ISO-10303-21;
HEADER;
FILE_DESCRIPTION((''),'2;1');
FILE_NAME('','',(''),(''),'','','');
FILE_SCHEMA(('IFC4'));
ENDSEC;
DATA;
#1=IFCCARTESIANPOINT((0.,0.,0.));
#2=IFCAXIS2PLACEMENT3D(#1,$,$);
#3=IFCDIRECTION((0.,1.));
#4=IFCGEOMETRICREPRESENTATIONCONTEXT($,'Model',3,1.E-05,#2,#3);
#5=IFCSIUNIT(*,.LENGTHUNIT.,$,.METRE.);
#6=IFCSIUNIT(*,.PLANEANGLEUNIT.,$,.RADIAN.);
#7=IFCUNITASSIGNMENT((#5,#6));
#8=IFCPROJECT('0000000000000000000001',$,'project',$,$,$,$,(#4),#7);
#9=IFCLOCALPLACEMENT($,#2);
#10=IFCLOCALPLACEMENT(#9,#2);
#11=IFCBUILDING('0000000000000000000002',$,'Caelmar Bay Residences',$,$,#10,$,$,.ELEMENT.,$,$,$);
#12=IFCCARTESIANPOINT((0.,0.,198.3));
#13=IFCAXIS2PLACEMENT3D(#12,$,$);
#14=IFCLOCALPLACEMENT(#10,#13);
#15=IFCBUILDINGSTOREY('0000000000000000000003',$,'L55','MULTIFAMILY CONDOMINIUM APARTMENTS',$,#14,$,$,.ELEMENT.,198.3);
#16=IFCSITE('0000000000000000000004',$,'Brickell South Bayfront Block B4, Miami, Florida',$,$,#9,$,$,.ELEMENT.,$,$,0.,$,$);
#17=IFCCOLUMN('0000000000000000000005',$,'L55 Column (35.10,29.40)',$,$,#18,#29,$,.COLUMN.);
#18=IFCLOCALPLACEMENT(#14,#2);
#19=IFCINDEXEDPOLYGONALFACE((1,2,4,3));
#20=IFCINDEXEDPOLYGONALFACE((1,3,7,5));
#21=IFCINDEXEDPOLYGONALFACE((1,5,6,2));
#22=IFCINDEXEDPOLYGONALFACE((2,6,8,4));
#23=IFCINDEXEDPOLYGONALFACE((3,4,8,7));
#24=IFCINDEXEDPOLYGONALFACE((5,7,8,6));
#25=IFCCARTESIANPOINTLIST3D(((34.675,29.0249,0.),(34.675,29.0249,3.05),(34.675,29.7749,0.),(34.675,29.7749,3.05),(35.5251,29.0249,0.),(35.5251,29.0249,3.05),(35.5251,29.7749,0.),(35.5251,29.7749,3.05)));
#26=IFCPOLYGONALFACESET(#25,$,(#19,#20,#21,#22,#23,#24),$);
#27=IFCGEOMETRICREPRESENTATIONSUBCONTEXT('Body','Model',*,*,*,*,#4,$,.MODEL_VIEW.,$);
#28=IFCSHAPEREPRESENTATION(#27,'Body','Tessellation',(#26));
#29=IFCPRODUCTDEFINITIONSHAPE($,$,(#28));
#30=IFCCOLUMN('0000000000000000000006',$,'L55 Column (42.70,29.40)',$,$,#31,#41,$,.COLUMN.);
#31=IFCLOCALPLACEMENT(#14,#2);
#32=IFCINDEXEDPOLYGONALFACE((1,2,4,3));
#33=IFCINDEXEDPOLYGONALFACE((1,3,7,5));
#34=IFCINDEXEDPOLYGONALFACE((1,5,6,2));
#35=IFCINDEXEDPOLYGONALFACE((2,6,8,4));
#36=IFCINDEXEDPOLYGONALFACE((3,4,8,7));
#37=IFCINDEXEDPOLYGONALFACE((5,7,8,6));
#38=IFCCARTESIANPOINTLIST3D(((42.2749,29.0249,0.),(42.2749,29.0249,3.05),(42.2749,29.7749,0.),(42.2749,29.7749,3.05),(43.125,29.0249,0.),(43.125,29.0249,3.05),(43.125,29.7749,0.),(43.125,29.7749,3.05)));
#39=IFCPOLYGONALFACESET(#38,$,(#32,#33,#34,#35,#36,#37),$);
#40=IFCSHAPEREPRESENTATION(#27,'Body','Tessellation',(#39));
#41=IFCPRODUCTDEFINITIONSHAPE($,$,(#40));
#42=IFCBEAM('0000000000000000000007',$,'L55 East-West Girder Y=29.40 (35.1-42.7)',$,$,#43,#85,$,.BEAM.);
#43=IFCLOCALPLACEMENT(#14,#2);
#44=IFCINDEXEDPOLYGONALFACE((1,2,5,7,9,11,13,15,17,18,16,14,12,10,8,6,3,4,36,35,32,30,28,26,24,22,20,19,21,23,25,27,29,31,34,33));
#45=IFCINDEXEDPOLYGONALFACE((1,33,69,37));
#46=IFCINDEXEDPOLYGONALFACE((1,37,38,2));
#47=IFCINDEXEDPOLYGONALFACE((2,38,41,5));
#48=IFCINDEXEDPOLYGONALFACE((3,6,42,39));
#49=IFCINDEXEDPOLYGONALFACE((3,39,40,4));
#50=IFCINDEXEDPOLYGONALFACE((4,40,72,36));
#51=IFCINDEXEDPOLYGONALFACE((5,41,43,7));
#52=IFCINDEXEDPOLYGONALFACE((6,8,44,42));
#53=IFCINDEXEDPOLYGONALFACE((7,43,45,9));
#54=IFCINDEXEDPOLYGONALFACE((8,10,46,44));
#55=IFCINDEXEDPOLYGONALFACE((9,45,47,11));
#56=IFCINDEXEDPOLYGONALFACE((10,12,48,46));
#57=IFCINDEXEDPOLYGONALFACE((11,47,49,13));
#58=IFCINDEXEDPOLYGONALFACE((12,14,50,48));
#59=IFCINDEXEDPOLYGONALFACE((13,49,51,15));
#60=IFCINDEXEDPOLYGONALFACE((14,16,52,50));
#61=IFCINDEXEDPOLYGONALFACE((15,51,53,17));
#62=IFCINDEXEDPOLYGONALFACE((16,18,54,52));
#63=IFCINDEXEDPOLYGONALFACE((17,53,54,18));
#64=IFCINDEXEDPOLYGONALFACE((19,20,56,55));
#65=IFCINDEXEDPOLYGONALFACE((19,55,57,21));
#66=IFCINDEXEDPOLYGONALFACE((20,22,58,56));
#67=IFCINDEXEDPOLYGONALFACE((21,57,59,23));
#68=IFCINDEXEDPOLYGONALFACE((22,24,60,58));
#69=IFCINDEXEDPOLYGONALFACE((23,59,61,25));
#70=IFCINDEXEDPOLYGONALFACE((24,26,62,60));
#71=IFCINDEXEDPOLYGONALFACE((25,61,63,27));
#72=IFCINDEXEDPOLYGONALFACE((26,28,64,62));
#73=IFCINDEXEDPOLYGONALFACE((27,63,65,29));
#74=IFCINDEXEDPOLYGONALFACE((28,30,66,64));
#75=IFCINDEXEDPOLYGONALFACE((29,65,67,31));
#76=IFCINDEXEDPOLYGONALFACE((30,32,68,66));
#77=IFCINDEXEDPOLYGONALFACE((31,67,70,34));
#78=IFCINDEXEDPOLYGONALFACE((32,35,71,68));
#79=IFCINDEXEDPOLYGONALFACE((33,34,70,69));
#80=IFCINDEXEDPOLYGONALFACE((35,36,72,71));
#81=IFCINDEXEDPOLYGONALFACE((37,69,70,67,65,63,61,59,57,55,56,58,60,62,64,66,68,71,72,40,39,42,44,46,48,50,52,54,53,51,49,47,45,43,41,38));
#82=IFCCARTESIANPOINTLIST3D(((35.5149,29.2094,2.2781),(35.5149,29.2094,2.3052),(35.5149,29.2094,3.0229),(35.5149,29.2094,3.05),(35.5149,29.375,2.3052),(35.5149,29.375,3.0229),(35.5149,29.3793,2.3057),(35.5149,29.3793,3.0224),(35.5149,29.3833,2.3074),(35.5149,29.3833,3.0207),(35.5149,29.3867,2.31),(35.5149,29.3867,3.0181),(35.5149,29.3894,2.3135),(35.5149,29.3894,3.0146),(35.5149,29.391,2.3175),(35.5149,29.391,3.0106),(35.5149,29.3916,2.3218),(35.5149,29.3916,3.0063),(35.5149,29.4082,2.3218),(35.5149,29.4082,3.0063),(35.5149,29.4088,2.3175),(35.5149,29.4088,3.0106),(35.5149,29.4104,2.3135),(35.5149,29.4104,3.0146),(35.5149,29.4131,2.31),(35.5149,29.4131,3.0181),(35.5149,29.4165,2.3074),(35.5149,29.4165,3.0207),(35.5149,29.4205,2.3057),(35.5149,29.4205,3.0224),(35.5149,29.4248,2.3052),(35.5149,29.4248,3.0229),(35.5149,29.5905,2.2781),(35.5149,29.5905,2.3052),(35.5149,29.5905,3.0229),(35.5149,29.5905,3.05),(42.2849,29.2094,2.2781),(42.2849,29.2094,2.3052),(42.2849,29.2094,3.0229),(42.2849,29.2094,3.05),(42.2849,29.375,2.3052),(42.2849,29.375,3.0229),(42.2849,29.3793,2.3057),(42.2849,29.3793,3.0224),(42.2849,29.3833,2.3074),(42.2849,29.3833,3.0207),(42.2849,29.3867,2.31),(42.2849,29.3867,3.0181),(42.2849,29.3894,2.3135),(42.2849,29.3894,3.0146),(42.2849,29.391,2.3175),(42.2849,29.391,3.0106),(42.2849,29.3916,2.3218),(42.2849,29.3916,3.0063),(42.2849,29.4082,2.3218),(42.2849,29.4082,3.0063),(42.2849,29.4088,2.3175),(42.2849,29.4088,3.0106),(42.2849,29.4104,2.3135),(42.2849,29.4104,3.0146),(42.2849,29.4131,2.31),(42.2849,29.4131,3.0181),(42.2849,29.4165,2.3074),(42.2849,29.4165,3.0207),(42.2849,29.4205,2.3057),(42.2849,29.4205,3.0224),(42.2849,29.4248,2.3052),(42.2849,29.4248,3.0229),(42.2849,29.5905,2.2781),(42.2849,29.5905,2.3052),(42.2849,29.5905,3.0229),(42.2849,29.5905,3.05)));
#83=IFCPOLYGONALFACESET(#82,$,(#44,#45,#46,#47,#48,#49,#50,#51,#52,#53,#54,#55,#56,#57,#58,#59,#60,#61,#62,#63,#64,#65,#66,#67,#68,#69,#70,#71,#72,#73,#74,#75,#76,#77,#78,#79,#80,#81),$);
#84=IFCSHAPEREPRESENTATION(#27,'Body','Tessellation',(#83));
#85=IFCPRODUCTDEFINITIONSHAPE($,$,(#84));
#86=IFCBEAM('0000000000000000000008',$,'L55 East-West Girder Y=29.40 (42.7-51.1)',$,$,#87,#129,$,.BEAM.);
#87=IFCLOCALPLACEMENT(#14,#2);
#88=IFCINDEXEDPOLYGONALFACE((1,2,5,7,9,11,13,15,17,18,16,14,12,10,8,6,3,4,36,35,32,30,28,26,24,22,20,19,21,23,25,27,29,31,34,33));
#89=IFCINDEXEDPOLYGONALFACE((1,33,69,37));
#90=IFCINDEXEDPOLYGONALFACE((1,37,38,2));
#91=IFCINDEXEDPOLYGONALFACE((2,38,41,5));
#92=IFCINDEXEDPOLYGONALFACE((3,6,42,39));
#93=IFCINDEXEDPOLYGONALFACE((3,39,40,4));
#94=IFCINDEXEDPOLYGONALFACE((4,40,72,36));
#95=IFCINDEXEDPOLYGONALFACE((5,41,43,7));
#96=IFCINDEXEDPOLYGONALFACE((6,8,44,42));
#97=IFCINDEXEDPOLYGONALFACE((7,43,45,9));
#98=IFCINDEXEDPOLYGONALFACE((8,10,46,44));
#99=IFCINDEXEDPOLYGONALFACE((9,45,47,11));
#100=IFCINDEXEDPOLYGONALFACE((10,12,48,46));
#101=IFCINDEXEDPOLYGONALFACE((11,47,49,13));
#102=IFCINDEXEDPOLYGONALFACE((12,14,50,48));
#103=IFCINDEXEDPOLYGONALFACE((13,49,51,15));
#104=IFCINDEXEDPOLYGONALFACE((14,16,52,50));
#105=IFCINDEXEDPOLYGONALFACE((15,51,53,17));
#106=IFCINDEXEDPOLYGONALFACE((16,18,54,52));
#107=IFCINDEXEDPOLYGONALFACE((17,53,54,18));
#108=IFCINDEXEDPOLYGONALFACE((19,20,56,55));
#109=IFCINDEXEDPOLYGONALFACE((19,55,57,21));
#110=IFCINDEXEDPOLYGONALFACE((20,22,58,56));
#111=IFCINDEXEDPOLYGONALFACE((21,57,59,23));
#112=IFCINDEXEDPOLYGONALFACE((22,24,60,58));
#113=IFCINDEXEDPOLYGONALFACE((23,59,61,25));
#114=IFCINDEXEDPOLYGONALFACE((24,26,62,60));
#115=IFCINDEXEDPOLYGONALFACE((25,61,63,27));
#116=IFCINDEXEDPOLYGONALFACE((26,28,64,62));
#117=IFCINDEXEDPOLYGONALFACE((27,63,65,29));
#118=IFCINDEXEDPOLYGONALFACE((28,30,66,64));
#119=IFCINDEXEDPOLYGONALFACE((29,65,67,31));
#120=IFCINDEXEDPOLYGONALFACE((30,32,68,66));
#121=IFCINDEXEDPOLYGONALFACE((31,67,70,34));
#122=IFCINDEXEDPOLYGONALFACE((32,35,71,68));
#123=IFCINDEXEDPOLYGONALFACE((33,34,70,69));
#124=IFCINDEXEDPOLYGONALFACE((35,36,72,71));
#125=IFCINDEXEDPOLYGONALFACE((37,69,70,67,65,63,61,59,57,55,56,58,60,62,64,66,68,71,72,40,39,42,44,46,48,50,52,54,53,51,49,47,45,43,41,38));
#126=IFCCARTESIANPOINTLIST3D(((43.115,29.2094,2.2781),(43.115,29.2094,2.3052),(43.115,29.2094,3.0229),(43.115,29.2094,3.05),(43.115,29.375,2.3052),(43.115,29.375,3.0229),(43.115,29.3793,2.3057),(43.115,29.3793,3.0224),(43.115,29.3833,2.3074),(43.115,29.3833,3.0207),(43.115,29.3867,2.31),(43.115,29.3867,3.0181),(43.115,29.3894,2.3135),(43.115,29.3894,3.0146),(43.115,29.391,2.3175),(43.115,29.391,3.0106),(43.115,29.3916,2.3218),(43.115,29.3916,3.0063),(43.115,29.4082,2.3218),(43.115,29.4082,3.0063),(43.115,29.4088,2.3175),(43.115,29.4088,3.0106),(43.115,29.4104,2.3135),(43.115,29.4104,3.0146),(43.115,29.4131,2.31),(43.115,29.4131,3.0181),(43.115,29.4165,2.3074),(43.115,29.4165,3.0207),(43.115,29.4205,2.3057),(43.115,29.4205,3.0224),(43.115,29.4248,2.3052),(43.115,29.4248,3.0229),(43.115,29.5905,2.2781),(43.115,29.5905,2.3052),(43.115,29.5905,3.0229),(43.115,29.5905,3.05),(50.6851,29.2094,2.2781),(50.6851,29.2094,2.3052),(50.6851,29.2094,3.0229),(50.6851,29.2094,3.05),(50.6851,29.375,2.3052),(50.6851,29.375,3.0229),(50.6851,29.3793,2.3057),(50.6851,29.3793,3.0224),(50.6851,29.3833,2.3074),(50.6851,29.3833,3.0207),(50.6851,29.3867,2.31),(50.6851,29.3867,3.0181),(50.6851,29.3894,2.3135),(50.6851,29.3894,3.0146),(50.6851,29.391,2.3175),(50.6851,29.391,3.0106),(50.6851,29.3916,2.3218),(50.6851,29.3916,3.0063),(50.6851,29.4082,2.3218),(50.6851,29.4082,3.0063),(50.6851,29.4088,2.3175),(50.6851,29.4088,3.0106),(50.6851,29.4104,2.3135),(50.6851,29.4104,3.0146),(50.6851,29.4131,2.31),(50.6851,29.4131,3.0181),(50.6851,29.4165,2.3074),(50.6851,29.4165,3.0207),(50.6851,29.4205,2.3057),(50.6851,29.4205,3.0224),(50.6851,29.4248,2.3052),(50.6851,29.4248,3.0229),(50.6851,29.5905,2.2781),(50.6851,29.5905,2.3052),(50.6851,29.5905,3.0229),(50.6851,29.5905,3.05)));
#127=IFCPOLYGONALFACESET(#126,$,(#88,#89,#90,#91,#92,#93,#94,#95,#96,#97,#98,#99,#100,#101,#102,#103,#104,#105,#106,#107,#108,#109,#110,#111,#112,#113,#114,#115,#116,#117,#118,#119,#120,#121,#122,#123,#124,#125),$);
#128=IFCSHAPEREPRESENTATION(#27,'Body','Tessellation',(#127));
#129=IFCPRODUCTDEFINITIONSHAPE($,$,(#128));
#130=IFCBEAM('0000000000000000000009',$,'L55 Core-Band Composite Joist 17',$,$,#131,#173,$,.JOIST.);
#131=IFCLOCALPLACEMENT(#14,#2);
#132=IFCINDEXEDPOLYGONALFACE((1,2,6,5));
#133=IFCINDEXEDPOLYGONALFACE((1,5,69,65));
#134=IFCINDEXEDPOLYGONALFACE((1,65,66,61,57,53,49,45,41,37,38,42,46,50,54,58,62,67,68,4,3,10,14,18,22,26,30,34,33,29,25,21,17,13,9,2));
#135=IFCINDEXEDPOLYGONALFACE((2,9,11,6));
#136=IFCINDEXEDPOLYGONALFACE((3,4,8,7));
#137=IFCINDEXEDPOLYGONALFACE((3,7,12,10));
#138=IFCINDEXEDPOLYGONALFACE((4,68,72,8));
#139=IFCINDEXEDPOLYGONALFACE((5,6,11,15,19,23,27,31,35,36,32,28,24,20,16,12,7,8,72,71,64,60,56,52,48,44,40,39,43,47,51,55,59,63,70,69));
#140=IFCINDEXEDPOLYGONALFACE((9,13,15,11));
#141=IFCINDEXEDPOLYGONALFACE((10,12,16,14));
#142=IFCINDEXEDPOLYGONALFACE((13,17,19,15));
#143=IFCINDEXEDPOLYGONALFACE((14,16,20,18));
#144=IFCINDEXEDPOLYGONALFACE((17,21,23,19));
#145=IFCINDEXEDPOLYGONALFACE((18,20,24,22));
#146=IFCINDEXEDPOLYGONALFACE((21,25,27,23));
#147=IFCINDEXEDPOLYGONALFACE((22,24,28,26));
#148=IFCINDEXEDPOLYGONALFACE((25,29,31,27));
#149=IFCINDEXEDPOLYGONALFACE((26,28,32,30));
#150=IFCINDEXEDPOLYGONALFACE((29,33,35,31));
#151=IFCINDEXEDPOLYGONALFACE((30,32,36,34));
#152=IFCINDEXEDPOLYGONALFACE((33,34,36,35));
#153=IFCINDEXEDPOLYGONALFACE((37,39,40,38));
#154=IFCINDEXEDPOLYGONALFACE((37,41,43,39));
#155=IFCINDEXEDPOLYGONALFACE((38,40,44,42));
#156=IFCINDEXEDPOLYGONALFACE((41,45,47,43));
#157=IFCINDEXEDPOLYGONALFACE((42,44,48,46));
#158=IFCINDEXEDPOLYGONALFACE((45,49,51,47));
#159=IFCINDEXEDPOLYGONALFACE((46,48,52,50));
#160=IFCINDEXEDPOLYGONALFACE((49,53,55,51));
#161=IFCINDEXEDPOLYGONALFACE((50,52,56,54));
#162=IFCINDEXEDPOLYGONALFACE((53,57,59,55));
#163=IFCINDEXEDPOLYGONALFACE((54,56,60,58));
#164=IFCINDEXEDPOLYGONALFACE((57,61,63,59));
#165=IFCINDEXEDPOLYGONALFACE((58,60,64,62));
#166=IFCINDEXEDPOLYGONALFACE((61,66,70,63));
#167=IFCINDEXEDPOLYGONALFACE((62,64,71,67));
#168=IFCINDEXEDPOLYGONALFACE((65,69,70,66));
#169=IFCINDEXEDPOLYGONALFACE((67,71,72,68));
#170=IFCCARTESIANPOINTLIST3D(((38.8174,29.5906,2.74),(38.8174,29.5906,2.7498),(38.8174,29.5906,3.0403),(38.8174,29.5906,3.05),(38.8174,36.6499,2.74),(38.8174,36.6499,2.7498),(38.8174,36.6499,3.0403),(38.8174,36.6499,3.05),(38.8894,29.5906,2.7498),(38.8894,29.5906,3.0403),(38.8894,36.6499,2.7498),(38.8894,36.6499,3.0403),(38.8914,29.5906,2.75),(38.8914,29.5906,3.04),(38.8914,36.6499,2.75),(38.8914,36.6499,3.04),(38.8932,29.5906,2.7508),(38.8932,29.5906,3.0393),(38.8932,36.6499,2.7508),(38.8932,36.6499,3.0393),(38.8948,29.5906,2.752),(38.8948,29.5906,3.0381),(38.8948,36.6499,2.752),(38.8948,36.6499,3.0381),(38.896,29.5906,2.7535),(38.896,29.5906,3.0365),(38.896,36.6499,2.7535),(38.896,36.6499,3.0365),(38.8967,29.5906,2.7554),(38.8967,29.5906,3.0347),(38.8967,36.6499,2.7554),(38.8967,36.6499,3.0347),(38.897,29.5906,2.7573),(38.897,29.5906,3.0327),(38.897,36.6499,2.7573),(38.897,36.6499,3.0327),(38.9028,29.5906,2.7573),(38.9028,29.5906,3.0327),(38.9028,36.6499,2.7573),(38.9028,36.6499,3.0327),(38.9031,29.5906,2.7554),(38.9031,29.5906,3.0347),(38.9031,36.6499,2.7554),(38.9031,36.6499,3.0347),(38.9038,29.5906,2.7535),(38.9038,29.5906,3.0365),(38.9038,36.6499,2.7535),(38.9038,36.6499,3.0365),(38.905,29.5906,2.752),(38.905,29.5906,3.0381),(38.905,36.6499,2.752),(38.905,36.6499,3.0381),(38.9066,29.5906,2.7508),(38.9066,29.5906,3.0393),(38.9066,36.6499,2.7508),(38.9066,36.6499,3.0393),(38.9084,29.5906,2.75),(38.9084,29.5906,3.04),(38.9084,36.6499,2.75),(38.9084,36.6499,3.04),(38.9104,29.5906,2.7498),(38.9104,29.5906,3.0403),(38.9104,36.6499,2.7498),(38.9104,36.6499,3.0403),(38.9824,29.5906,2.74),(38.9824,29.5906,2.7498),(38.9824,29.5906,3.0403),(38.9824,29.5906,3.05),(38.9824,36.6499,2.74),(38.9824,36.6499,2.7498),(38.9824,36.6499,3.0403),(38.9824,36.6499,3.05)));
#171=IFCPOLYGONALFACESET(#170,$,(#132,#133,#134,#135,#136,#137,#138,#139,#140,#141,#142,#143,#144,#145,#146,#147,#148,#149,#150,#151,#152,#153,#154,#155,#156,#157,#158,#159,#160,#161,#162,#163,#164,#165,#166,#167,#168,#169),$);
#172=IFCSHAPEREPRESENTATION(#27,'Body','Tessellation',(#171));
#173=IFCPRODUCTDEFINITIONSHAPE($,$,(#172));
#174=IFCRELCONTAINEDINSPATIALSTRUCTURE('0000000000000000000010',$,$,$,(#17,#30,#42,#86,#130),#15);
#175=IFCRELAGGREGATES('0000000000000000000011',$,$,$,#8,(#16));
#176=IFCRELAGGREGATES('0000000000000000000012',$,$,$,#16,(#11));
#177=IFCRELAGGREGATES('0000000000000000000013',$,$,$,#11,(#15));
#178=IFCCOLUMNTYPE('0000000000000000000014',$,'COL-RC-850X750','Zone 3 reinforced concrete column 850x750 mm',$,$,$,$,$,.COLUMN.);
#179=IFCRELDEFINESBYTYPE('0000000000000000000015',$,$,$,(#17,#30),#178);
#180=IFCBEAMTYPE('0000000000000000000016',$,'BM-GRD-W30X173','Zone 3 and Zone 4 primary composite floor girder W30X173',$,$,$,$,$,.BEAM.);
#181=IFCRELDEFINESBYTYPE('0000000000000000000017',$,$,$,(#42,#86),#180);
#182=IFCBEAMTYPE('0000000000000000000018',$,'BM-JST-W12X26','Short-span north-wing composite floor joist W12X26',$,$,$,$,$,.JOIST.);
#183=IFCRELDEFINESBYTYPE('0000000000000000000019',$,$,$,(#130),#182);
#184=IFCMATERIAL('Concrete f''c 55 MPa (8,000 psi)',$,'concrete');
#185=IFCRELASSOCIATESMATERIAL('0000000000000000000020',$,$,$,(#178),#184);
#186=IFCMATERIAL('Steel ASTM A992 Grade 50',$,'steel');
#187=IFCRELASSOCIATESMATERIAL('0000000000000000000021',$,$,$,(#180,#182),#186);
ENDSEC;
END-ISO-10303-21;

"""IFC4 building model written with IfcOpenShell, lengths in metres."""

from ifc_helpers import new_model, si_unit, direction, frame, origin, origin_2d, place, context, subcontext, project, spatial, rectangle, i_section, extrude, material, material_profile, profile_set, type_object, element, save


model = new_model("IFC4")

# Units and contexts
model_context = context("Model", 3, precision=1e-05, world=origin(), true_north=direction((0.0, 1.0)))
body_context = subcontext(model_context, "Body", "Model", "MODEL_VIEW")
ifc_project = project(units=[si_unit("LENGTHUNIT", "METRE"), si_unit("PLANEANGLEUNIT", "RADIAN")], contexts=[model_context])

# Site, building, storey
site_placement = place(None, origin())
site = spatial("IfcSite", under=ifc_project, at=site_placement, Name="Brickell South Bayfront Block B4, Miami, Florida", CompositionType="ELEMENT", RefElevation=0.0)
building_placement = place(site_placement, origin())
building = spatial("IfcBuilding", under=site, at=building_placement, Name="Caelmar Bay Residences", CompositionType="ELEMENT")
storey_placement = place(building_placement, frame((0.0, 0.0, 198.3)))
storey = spatial("IfcBuildingStorey", under=building, at=storey_placement, Name="L55", Description="MULTIFAMILY CONDOMINIUM APARTMENTS", CompositionType="ELEMENT", Elevation=198.3)

# Columns
ifc_material_1 = material(Name="Concrete f'c 55 MPa (8,000 psi)", Category="concrete")
ifc_material_profile_1 = material_profile(ifc_material_1, rectangle(XDim=0.8501, YDim=0.75, at=origin_2d()), Name="RC-COL-850X750")
ifc_profile_set_1 = profile_set([ifc_material_profile_1], Name="Concrete f'c 55 MPa (8,000 psi)")
column_type = type_object("IfcColumnType", Name="COL-RC-850X750", Description="Zone 3 reinforced concrete column 850x750 mm", PredefinedType="COLUMN", material=ifc_profile_set_1)
for number, where, z_axis, x_axis, name in (
    (1, (35.1001, 29.3999, 0.0), (0.0, 0.0, 1.0), (1.0, 0.0, 0.0), "L55 Column (35.10,29.40)"),
    (2, (42.7, 29.3999, 0.0), (0.0, 0.0, 1.0), (1.0, 0.0, 0.0), "L55 Column (42.70,29.40)"),
):
    element("IfcColumn", number, at=place(storey_placement, frame(where, z_axis=z_axis, x_axis=x_axis)), inside=storey, type_object=column_type, Name=name, PredefinedType="COLUMN", context=body_context, shape_type="SweptSolid", body=[
        extrude(rectangle(XDim=0.8501, YDim=0.75, at=origin_2d()), origin(), (0.0, 0.0, 1.0), 3.05),
    ])

# Beams
ifc_material_2 = material(Name="Steel ASTM A992 Grade 50", Category="steel")
ifc_material_profile_2 = material_profile(ifc_material_2, i_section(OverallWidth=0.3811, OverallDepth=0.772, WebThickness=0.0166, FlangeThickness=0.0271, FilletRadius=0.0166, at=origin_2d()), Name="W30X173")
ifc_profile_set_2 = profile_set([ifc_material_profile_2], Name="Steel ASTM A992 Grade 50")
beam_type_1 = type_object("IfcBeamType", Name="BM-GRD-W30X173", Description="Zone 3 and Zone 4 primary composite floor girder W30X173", PredefinedType="BEAM", material=ifc_profile_set_2)
beam_1_placement = place(storey_placement, frame((35.5149, 29.3999, 2.6641), z_axis=(1.0, 0.0, 0.0), x_axis=(0.0, 1.0, 0.0)))
element("IfcBeam", 3, at=beam_1_placement, inside=storey, type_object=beam_type_1, Name="L55 East-West Girder Y=29.40 (35.1-42.7)", PredefinedType="BEAM", context=body_context, shape_type="SweptSolid", body=[
    extrude(i_section(OverallWidth=0.3811, OverallDepth=0.772, WebThickness=0.0166, FlangeThickness=0.0271, FilletRadius=0.0166, at=origin_2d()), origin(), (0.0, 0.0, 1.0), 6.77),
])
beam_2_placement = place(storey_placement, frame((43.115, 29.3999, 2.6641), z_axis=(1.0, 0.0, 0.0), x_axis=(0.0, 1.0, 0.0)))
element("IfcBeam", 4, at=beam_2_placement, inside=storey, type_object=beam_type_1, Name="L55 East-West Girder Y=29.40 (42.7-51.1)", PredefinedType="BEAM", context=body_context, shape_type="SweptSolid", body=[
    extrude(i_section(OverallWidth=0.3811, OverallDepth=0.772, WebThickness=0.0166, FlangeThickness=0.0271, FilletRadius=0.0166, at=origin_2d()), origin(), (0.0, 0.0, 1.0), 7.5701),
])
ifc_material_profile_3 = material_profile(ifc_material_2, i_section(OverallWidth=0.165, OverallDepth=0.3101, WebThickness=0.0059, FlangeThickness=0.0098, FilletRadius=0.0076, at=origin_2d()), Name="W12X26")
ifc_profile_set_3 = profile_set([ifc_material_profile_3], Name="Steel ASTM A992 Grade 50")
beam_type_2 = type_object("IfcBeamType", Name="BM-JST-W12X26", Description="Short-span north-wing composite floor joist W12X26", PredefinedType="JOIST", material=ifc_profile_set_3)
for number, where, z_axis, x_axis, name in (
    (5, (38.8999, 29.5906, 2.895), (0.0, 1.0, 0.0), (-1.0, 0.0, 0.0), "L55 Core-Band Composite Joist 17"),
):
    element("IfcBeam", number, at=place(storey_placement, frame(where, z_axis=z_axis, x_axis=x_axis)), inside=storey, type_object=beam_type_2, Name=name, PredefinedType="JOIST", context=body_context, shape_type="SweptSolid", body=[
        extrude(i_section(OverallWidth=0.165, OverallDepth=0.3101, WebThickness=0.0059, FlangeThickness=0.0098, FilletRadius=0.0076, at=origin_2d()), origin(), (0.0, 0.0, 1.0), 7.0593),
    ])

save(model, "model.ifc")
